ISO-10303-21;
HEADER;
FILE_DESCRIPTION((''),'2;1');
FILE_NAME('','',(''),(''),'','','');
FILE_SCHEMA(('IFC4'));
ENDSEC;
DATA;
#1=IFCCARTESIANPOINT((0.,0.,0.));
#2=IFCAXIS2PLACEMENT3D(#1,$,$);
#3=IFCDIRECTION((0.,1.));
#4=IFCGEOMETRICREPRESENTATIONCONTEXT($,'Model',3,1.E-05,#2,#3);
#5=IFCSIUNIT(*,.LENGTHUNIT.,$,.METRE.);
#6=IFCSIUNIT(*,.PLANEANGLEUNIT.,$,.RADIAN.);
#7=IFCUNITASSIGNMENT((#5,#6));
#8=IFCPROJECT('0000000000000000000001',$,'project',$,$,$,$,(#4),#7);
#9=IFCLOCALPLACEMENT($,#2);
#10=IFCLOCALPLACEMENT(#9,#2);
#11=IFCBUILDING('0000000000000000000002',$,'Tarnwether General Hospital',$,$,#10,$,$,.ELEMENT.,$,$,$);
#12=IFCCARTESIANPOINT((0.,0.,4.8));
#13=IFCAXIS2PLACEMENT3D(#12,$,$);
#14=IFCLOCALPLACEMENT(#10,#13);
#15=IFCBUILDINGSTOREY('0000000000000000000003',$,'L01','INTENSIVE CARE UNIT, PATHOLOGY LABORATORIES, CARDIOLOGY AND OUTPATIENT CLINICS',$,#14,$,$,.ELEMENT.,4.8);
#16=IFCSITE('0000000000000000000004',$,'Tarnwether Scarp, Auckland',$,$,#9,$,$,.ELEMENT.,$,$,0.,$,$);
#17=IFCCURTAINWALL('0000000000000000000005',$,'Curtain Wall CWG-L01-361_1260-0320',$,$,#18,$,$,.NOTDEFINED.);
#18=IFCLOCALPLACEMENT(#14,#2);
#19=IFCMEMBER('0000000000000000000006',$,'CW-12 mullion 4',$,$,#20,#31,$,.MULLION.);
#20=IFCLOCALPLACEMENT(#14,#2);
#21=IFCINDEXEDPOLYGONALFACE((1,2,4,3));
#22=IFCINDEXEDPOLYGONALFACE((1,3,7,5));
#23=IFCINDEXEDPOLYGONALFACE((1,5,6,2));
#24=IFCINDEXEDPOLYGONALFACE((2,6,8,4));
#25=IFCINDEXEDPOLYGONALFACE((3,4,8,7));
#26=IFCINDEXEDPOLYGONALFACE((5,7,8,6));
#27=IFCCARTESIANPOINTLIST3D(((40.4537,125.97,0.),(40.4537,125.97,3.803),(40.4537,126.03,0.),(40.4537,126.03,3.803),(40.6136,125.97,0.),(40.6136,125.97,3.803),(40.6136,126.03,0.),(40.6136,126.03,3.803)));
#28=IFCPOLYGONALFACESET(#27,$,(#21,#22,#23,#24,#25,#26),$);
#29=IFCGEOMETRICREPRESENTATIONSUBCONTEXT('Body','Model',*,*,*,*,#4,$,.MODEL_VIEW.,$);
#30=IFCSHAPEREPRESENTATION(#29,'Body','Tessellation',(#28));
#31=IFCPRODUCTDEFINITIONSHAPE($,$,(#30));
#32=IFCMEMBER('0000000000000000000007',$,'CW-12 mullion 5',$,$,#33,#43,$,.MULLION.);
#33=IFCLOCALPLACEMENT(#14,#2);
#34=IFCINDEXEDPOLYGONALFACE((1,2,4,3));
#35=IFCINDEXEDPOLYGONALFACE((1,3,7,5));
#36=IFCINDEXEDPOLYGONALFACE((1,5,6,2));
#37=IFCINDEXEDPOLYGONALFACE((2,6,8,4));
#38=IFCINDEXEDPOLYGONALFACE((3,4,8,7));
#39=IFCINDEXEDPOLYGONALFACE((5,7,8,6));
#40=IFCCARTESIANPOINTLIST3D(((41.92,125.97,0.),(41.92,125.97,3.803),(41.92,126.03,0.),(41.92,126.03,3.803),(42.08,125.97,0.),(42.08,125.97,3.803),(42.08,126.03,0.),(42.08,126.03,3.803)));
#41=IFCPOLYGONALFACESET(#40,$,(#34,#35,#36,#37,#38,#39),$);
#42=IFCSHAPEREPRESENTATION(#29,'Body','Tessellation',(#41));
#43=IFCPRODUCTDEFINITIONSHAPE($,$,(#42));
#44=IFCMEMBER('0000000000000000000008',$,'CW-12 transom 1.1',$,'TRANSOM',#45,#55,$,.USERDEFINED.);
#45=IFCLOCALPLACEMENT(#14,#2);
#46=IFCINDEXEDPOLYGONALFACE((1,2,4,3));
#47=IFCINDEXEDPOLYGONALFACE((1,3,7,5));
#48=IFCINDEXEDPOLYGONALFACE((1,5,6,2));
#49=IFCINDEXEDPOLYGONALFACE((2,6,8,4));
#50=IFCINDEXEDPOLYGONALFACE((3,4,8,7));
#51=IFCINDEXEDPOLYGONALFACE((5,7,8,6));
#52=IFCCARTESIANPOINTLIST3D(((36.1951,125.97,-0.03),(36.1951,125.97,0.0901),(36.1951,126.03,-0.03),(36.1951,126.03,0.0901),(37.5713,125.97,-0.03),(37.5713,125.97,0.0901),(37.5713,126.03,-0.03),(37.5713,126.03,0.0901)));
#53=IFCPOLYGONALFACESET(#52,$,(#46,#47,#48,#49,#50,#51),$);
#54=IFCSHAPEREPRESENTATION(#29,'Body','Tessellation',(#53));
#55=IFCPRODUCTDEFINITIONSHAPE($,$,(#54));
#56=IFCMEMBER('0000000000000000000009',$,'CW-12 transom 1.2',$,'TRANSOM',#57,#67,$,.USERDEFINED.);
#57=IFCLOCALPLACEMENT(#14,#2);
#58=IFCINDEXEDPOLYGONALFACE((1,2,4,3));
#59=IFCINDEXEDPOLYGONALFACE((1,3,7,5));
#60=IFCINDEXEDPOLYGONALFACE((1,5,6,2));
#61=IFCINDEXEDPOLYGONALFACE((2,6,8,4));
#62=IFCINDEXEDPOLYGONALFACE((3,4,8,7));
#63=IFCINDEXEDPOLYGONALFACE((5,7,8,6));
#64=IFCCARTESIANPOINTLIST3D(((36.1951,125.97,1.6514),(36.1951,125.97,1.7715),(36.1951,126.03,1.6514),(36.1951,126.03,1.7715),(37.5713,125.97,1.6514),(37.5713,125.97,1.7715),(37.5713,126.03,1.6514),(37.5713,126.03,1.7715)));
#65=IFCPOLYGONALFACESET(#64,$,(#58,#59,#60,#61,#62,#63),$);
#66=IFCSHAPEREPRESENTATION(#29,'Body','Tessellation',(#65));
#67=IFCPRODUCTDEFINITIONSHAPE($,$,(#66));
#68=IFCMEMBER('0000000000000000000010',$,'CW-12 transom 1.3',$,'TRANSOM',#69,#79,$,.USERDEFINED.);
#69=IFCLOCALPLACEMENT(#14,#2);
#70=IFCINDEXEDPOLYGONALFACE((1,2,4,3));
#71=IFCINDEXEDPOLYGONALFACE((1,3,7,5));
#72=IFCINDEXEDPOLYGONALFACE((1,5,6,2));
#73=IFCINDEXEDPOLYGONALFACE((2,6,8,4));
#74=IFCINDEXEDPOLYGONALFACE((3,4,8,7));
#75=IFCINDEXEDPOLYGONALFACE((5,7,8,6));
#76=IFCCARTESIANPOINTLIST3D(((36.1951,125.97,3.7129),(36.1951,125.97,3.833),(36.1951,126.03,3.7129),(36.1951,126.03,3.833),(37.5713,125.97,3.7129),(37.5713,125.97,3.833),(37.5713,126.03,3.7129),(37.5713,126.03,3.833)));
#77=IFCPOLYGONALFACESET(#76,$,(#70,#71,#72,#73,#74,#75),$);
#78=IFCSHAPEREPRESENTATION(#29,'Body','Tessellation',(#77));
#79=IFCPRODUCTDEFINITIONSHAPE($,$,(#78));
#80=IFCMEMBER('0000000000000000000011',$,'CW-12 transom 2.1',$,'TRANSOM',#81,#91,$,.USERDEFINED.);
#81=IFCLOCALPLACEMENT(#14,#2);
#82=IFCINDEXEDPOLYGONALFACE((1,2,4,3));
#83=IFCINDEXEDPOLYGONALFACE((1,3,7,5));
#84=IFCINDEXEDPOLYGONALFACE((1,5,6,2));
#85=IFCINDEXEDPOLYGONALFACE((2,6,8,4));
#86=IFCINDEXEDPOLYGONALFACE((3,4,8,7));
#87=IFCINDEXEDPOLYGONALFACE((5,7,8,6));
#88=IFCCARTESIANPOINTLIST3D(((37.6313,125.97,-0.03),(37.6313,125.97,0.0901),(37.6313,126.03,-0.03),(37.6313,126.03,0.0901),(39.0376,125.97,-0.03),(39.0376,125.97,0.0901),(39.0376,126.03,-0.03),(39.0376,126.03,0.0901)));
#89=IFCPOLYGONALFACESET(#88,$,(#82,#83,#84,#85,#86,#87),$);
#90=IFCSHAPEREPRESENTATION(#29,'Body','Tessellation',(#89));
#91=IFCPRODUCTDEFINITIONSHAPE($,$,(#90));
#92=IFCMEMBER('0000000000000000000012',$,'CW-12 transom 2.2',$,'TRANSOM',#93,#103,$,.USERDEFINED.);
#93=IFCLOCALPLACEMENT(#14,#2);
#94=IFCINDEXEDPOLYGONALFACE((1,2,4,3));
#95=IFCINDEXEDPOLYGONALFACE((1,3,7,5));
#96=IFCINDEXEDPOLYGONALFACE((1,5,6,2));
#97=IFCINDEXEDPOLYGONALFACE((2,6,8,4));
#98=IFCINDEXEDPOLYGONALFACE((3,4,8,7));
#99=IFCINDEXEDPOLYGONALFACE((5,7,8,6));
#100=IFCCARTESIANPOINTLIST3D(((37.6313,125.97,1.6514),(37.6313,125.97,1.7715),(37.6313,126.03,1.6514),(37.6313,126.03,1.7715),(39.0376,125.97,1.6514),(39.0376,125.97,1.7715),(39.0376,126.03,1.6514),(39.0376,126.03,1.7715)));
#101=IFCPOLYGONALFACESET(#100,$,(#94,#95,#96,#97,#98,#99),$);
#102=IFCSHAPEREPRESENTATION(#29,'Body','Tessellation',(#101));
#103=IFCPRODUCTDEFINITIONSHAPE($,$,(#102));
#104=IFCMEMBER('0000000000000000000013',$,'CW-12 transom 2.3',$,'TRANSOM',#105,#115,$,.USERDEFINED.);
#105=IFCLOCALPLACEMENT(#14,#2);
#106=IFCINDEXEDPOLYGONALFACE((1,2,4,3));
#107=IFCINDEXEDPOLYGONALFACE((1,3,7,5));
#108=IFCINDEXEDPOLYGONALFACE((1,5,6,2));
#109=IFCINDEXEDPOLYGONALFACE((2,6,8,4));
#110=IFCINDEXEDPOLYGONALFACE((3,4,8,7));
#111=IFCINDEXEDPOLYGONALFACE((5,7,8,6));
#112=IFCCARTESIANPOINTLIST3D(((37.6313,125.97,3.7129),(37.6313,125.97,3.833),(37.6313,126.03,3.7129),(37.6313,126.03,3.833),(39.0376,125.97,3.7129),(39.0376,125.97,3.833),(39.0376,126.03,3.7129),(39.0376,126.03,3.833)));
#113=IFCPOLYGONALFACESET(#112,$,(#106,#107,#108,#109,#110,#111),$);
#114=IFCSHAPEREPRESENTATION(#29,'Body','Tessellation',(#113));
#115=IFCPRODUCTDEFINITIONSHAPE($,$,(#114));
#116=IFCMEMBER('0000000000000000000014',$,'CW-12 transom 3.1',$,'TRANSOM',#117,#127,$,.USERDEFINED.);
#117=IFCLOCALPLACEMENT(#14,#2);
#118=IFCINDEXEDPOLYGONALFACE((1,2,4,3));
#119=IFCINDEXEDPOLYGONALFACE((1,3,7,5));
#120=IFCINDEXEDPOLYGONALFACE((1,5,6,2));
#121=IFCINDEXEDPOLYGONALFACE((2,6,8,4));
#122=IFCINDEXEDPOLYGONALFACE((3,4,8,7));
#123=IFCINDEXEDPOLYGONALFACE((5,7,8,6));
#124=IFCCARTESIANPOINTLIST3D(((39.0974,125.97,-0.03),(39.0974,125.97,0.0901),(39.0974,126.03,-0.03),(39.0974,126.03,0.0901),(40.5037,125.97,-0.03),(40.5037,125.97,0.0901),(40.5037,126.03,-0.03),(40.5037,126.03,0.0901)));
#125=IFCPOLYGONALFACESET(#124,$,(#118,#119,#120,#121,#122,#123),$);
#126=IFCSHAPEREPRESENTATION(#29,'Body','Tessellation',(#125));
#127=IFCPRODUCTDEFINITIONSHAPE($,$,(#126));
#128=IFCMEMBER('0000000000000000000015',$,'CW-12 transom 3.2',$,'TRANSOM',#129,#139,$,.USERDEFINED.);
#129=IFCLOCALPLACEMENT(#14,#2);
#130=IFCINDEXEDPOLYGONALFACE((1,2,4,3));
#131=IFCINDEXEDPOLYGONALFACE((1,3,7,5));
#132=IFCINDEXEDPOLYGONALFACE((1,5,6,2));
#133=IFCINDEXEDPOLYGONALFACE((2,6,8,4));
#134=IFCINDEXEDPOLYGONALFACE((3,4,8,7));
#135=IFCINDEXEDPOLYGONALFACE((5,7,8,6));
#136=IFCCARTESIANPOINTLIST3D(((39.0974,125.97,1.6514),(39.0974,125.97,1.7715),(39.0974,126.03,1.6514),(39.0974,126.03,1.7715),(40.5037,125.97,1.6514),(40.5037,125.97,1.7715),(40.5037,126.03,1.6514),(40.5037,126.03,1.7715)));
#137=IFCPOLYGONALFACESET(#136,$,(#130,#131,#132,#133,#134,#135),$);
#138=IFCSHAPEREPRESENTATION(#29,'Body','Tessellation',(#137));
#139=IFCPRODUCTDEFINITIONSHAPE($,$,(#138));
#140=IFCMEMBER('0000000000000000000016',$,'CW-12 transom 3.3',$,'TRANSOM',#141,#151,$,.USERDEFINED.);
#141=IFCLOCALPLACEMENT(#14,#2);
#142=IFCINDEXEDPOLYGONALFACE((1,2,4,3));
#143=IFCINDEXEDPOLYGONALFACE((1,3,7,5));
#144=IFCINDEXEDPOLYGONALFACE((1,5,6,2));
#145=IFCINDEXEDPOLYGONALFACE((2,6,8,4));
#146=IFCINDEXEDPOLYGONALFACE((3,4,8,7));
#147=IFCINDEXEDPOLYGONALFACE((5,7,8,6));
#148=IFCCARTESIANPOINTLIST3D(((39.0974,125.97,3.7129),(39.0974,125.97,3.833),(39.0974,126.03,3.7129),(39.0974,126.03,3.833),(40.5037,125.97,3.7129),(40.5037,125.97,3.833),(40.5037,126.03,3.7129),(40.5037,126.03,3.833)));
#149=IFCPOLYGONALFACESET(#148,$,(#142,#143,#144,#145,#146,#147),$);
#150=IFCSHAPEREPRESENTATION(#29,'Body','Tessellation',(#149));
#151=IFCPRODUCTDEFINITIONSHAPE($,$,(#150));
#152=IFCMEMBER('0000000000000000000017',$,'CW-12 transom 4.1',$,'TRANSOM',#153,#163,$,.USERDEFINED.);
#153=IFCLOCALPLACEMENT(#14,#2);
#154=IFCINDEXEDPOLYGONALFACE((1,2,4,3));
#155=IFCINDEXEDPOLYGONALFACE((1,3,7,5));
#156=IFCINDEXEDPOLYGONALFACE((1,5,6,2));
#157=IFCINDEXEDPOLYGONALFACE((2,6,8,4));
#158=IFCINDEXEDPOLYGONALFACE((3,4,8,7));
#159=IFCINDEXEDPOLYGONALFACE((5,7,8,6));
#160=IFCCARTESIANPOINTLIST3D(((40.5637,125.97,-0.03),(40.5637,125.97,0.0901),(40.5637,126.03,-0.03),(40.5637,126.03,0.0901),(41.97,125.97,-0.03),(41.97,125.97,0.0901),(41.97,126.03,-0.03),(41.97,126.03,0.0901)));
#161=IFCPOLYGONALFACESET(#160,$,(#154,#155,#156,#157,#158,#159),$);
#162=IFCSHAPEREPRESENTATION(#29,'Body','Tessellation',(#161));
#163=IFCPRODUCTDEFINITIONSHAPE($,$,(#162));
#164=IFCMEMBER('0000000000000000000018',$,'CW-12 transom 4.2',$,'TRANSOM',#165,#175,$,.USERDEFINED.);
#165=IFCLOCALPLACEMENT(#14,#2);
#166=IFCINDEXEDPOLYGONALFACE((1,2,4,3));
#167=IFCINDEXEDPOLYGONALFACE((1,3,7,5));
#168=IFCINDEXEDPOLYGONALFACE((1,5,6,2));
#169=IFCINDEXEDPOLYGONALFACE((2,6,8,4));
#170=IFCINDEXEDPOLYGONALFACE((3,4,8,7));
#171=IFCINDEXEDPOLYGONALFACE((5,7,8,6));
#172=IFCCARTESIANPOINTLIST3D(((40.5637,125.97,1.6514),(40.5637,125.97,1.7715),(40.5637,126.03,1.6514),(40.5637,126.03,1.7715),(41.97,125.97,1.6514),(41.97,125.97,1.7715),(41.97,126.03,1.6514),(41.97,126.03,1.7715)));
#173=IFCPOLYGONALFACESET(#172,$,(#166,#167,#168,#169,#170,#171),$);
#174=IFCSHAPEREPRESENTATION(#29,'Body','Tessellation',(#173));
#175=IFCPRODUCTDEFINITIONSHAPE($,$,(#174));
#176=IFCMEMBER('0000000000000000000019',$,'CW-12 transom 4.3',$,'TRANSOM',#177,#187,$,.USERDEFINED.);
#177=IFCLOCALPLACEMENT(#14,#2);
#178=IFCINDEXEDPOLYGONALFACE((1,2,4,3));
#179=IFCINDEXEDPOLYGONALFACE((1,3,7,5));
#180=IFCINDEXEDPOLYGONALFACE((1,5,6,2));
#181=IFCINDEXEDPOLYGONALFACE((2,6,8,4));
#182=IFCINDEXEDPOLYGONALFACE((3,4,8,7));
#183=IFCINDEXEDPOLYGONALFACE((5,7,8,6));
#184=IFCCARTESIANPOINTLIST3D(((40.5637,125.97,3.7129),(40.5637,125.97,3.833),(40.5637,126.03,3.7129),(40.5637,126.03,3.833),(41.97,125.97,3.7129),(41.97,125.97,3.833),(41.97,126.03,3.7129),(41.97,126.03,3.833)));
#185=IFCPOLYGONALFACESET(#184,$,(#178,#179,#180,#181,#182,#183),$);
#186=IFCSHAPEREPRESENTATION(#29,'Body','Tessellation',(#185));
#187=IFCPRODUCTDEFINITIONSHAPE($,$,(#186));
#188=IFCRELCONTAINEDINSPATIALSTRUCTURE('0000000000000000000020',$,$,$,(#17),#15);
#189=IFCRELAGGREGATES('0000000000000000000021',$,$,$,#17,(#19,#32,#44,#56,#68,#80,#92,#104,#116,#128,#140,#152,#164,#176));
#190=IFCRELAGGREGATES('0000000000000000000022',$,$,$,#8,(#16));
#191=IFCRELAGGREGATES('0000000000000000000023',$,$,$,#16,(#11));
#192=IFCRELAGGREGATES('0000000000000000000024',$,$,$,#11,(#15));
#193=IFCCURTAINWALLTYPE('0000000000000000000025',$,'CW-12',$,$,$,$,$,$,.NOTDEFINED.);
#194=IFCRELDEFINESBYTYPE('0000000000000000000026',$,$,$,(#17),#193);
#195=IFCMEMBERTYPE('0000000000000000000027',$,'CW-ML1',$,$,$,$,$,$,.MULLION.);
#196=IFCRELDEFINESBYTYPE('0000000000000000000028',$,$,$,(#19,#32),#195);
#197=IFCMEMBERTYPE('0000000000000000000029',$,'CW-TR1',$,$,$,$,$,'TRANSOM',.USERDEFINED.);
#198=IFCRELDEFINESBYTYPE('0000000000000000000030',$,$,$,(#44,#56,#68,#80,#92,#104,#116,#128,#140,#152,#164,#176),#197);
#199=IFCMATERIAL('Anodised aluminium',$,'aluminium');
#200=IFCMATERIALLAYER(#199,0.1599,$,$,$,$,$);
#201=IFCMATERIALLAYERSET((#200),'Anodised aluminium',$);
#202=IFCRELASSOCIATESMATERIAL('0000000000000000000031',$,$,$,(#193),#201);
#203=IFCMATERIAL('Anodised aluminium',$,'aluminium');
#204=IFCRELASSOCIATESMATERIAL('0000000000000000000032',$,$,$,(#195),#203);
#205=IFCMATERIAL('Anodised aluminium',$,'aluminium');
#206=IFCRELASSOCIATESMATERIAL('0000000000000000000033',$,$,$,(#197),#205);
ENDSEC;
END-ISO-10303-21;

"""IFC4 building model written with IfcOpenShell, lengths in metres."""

from ifc_helpers import new_model, si_unit, direction, frame, origin, origin_2d, place, context, subcontext, project, spatial, rectangle, extrude, material, layer, layer_set, material_profile, profile_set, type_object, element, aggregate, save


model = new_model("IFC4")

# Units and contexts
model_context = context("Model", 3, precision=1e-05, world=origin(), true_north=direction((0.0, 1.0)))
body_context = subcontext(model_context, "Body", "Model", "MODEL_VIEW")
ifc_project = project(units=[si_unit("LENGTHUNIT", "METRE"), si_unit("PLANEANGLEUNIT", "RADIAN")], contexts=[model_context])

# Site, building, storey
site_placement = place(None, origin())
site = spatial("IfcSite", under=ifc_project, at=site_placement, Name="Tarnwether Scarp, Auckland", CompositionType="ELEMENT", RefElevation=0.0)
building_placement = place(site_placement, origin())
building = spatial("IfcBuilding", under=site, at=building_placement, Name="Tarnwether General Hospital", CompositionType="ELEMENT")
storey_placement = place(building_placement, frame((0.0, 0.0, 4.8)))
storey = spatial("IfcBuildingStorey", under=building, at=storey_placement, Name="L01", Description="INTENSIVE CARE UNIT, PATHOLOGY LABORATORIES, CARDIOLOGY AND OUTPATIENT CLINICS", CompositionType="ELEMENT", Elevation=4.8)

# Shared definitions
ifc_material_1 = material(Name="Anodised aluminium", Category="aluminium")
ifc_layer_1 = layer(ifc_material_1, 0.1599)
ifc_layer_set_1 = layer_set([ifc_layer_1], Name="Anodised aluminium")
curtain_wall_type = type_object("IfcCurtainWallType", Name="CW-12", PredefinedType="NOTDEFINED", material=ifc_layer_set_1)
ifc_material_2 = material(Name="Anodised aluminium", Category="aluminium")
ifc_material_profile_1 = material_profile(ifc_material_2, rectangle(XDim=0.0601, YDim=0.1599, at=origin_2d()), Name="ALU-MUL-60x160")
ifc_profile_set_1 = profile_set([ifc_material_profile_1], Name="Anodised aluminium")
member_type_1 = type_object("IfcMemberType", Name="CW-ML1", PredefinedType="MULLION", material=ifc_profile_set_1)

# Curtain wall, members
curtain_wall_1_placement = place(storey_placement, origin())
curtain_wall_1 = element("IfcCurtainWall", 1, at=curtain_wall_1_placement, inside=storey, type_object=curtain_wall_type, Name="Curtain Wall CWG-L01-361_1260-0320", PredefinedType="NOTDEFINED")
member_1_placement = place(storey_placement, frame((40.5337, 126.0, 0.0), z_axis=(0.0, 0.0, 1.0), x_axis=(0.0, 1.0, 0.0)))
member_1 = element("IfcMember", 2, at=member_1_placement, type_object=member_type_1, Name="CW-12 mullion 4", PredefinedType="MULLION", context=body_context, shape_type="SweptSolid", body=[
    extrude(rectangle(XDim=0.0601, YDim=0.1599, at=origin_2d()), origin(), (0.0, 0.0, 1.0), 3.803),
])
member_2_placement = place(storey_placement, frame((42.0, 126.0, 0.0), z_axis=(0.0, 0.0, 1.0), x_axis=(0.0, 1.0, 0.0)))
member_2 = element("IfcMember", 3, at=member_2_placement, type_object=member_type_1, Name="CW-12 mullion 5", PredefinedType="MULLION", context=body_context, shape_type="SweptSolid", body=[
    extrude(rectangle(XDim=0.0601, YDim=0.1599, at=origin_2d()), origin(), (0.0, 0.0, 1.0), 3.803),
])
ifc_material_3 = material(Name="Anodised aluminium", Category="aluminium")
ifc_material_profile_2 = material_profile(ifc_material_3, rectangle(XDim=0.0601, YDim=0.1201, at=origin_2d()), Name="ALU-TRN-60x120")
ifc_profile_set_2 = profile_set([ifc_material_profile_2], Name="Anodised aluminium")
member_type_2 = type_object("IfcMemberType", Name="CW-TR1", ElementType="TRANSOM", PredefinedType="USERDEFINED", material=ifc_profile_set_2)
member_3_placement = place(storey_placement, frame((36.1951, 126.0, 0.03), z_axis=(1.0, 0.0, 0.0), x_axis=(0.0, 1.0, 0.0)))
member_3 = element("IfcMember", 4, at=member_3_placement, type_object=member_type_2, Name="CW-12 transom 1.1", ObjectType="TRANSOM", PredefinedType="USERDEFINED", context=body_context, shape_type="SweptSolid", body=[
    extrude(rectangle(XDim=0.0601, YDim=0.1201, at=origin_2d()), origin(), (0.0, 0.0, 1.0), 1.3762),
])
member_4_placement = place(storey_placement, frame((36.1951, 126.0, 1.7114), z_axis=(1.0, 0.0, 0.0), x_axis=(0.0, 1.0, 0.0)))
member_4 = element("IfcMember", 5, at=member_4_placement, type_object=member_type_2, Name="CW-12 transom 1.2", ObjectType="TRANSOM", PredefinedType="USERDEFINED", context=body_context, shape_type="SweptSolid", body=[
    extrude(rectangle(XDim=0.0601, YDim=0.1201, at=origin_2d()), origin(), (0.0, 0.0, 1.0), 1.3762),
])
member_5_placement = place(storey_placement, frame((36.1951, 126.0, 3.7729), z_axis=(1.0, 0.0, 0.0), x_axis=(0.0, 1.0, 0.0)))
member_5 = element("IfcMember", 6, at=member_5_placement, type_object=member_type_2, Name="CW-12 transom 1.3", ObjectType="TRANSOM", PredefinedType="USERDEFINED", context=body_context, shape_type="SweptSolid", body=[
    extrude(rectangle(XDim=0.0601, YDim=0.1201, at=origin_2d()), origin(), (0.0, 0.0, 1.0), 1.3762),
])
member_6_placement = place(storey_placement, frame((37.6313, 126.0, 0.03), z_axis=(1.0, 0.0, 0.0), x_axis=(0.0, 1.0, 0.0)))
member_6 = element("IfcMember", 7, at=member_6_placement, type_object=member_type_2, Name="CW-12 transom 2.1", ObjectType="TRANSOM", PredefinedType="USERDEFINED", context=body_context, shape_type="SweptSolid", body=[
    extrude(rectangle(XDim=0.0601, YDim=0.1201, at=origin_2d()), origin(), (0.0, 0.0, 1.0), 1.4062),
])
member_7_placement = place(storey_placement, frame((37.6313, 126.0, 1.7114), z_axis=(1.0, 0.0, 0.0), x_axis=(0.0, 1.0, 0.0)))
member_7 = element("IfcMember", 8, at=member_7_placement, type_object=member_type_2, Name="CW-12 transom 2.2", ObjectType="TRANSOM", PredefinedType="USERDEFINED", context=body_context, shape_type="SweptSolid", body=[
    extrude(rectangle(XDim=0.0601, YDim=0.1201, at=origin_2d()), origin(), (0.0, 0.0, 1.0), 1.4062),
])
member_8_placement = place(storey_placement, frame((37.6313, 126.0, 3.7729), z_axis=(1.0, 0.0, 0.0), x_axis=(0.0, 1.0, 0.0)))
member_8 = element("IfcMember", 9, at=member_8_placement, type_object=member_type_2, Name="CW-12 transom 2.3", ObjectType="TRANSOM", PredefinedType="USERDEFINED", context=body_context, shape_type="SweptSolid", body=[
    extrude(rectangle(XDim=0.0601, YDim=0.1201, at=origin_2d()), origin(), (0.0, 0.0, 1.0), 1.4062),
])
member_9_placement = place(storey_placement, frame((39.0974, 126.0, 0.03), z_axis=(1.0, 0.0, 0.0), x_axis=(0.0, 1.0, 0.0)))
member_9 = element("IfcMember", 10, at=member_9_placement, type_object=member_type_2, Name="CW-12 transom 3.1", ObjectType="TRANSOM", PredefinedType="USERDEFINED", context=body_context, shape_type="SweptSolid", body=[
    extrude(rectangle(XDim=0.0601, YDim=0.1201, at=origin_2d()), origin(), (0.0, 0.0, 1.0), 1.4062),
])
member_10_placement = place(storey_placement, frame((39.0974, 126.0, 1.7114), z_axis=(1.0, 0.0, 0.0), x_axis=(0.0, 1.0, 0.0)))
member_10 = element("IfcMember", 11, at=member_10_placement, type_object=member_type_2, Name="CW-12 transom 3.2", ObjectType="TRANSOM", PredefinedType="USERDEFINED", context=body_context, shape_type="SweptSolid", body=[
    extrude(rectangle(XDim=0.0601, YDim=0.1201, at=origin_2d()), origin(), (0.0, 0.0, 1.0), 1.4062),
])
member_11_placement = place(storey_placement, frame((39.0974, 126.0, 3.7729), z_axis=(1.0, 0.0, 0.0), x_axis=(0.0, 1.0, 0.0)))
member_11 = element("IfcMember", 12, at=member_11_placement, type_object=member_type_2, Name="CW-12 transom 3.3", ObjectType="TRANSOM", PredefinedType="USERDEFINED", context=body_context, shape_type="SweptSolid", body=[
    extrude(rectangle(XDim=0.0601, YDim=0.1201, at=origin_2d()), origin(), (0.0, 0.0, 1.0), 1.4062),
])
member_12_placement = place(storey_placement, frame((40.5637, 126.0, 0.03), z_axis=(1.0, 0.0, 0.0), x_axis=(0.0, 1.0, 0.0)))
member_12 = element("IfcMember", 13, at=member_12_placement, type_object=member_type_2, Name="CW-12 transom 4.1", ObjectType="TRANSOM", PredefinedType="USERDEFINED", context=body_context, shape_type="SweptSolid", body=[
    extrude(rectangle(XDim=0.0601, YDim=0.1201, at=origin_2d()), origin(), (0.0, 0.0, 1.0), 1.4062),
])
member_13_placement = place(storey_placement, frame((40.5637, 126.0, 1.7114), z_axis=(1.0, 0.0, 0.0), x_axis=(0.0, 1.0, 0.0)))
member_13 = element("IfcMember", 14, at=member_13_placement, type_object=member_type_2, Name="CW-12 transom 4.2", ObjectType="TRANSOM", PredefinedType="USERDEFINED", context=body_context, shape_type="SweptSolid", body=[
    extrude(rectangle(XDim=0.0601, YDim=0.1201, at=origin_2d()), origin(), (0.0, 0.0, 1.0), 1.4062),
])
member_14_placement = place(storey_placement, frame((40.5637, 126.0, 3.7729), z_axis=(1.0, 0.0, 0.0), x_axis=(0.0, 1.0, 0.0)))
member_14 = element("IfcMember", 15, at=member_14_placement, type_object=member_type_2, Name="CW-12 transom 4.3", ObjectType="TRANSOM", PredefinedType="USERDEFINED", context=body_context, shape_type="SweptSolid", body=[
    extrude(rectangle(XDim=0.0601, YDim=0.1201, at=origin_2d()), origin(), (0.0, 0.0, 1.0), 1.4062),
])
aggregate(curtain_wall_1, [member_1, member_2, member_3, member_4, member_5, member_6, member_7, member_8, member_9, member_10, member_11, member_12, member_13, member_14])

save(model, "model.ifc")
